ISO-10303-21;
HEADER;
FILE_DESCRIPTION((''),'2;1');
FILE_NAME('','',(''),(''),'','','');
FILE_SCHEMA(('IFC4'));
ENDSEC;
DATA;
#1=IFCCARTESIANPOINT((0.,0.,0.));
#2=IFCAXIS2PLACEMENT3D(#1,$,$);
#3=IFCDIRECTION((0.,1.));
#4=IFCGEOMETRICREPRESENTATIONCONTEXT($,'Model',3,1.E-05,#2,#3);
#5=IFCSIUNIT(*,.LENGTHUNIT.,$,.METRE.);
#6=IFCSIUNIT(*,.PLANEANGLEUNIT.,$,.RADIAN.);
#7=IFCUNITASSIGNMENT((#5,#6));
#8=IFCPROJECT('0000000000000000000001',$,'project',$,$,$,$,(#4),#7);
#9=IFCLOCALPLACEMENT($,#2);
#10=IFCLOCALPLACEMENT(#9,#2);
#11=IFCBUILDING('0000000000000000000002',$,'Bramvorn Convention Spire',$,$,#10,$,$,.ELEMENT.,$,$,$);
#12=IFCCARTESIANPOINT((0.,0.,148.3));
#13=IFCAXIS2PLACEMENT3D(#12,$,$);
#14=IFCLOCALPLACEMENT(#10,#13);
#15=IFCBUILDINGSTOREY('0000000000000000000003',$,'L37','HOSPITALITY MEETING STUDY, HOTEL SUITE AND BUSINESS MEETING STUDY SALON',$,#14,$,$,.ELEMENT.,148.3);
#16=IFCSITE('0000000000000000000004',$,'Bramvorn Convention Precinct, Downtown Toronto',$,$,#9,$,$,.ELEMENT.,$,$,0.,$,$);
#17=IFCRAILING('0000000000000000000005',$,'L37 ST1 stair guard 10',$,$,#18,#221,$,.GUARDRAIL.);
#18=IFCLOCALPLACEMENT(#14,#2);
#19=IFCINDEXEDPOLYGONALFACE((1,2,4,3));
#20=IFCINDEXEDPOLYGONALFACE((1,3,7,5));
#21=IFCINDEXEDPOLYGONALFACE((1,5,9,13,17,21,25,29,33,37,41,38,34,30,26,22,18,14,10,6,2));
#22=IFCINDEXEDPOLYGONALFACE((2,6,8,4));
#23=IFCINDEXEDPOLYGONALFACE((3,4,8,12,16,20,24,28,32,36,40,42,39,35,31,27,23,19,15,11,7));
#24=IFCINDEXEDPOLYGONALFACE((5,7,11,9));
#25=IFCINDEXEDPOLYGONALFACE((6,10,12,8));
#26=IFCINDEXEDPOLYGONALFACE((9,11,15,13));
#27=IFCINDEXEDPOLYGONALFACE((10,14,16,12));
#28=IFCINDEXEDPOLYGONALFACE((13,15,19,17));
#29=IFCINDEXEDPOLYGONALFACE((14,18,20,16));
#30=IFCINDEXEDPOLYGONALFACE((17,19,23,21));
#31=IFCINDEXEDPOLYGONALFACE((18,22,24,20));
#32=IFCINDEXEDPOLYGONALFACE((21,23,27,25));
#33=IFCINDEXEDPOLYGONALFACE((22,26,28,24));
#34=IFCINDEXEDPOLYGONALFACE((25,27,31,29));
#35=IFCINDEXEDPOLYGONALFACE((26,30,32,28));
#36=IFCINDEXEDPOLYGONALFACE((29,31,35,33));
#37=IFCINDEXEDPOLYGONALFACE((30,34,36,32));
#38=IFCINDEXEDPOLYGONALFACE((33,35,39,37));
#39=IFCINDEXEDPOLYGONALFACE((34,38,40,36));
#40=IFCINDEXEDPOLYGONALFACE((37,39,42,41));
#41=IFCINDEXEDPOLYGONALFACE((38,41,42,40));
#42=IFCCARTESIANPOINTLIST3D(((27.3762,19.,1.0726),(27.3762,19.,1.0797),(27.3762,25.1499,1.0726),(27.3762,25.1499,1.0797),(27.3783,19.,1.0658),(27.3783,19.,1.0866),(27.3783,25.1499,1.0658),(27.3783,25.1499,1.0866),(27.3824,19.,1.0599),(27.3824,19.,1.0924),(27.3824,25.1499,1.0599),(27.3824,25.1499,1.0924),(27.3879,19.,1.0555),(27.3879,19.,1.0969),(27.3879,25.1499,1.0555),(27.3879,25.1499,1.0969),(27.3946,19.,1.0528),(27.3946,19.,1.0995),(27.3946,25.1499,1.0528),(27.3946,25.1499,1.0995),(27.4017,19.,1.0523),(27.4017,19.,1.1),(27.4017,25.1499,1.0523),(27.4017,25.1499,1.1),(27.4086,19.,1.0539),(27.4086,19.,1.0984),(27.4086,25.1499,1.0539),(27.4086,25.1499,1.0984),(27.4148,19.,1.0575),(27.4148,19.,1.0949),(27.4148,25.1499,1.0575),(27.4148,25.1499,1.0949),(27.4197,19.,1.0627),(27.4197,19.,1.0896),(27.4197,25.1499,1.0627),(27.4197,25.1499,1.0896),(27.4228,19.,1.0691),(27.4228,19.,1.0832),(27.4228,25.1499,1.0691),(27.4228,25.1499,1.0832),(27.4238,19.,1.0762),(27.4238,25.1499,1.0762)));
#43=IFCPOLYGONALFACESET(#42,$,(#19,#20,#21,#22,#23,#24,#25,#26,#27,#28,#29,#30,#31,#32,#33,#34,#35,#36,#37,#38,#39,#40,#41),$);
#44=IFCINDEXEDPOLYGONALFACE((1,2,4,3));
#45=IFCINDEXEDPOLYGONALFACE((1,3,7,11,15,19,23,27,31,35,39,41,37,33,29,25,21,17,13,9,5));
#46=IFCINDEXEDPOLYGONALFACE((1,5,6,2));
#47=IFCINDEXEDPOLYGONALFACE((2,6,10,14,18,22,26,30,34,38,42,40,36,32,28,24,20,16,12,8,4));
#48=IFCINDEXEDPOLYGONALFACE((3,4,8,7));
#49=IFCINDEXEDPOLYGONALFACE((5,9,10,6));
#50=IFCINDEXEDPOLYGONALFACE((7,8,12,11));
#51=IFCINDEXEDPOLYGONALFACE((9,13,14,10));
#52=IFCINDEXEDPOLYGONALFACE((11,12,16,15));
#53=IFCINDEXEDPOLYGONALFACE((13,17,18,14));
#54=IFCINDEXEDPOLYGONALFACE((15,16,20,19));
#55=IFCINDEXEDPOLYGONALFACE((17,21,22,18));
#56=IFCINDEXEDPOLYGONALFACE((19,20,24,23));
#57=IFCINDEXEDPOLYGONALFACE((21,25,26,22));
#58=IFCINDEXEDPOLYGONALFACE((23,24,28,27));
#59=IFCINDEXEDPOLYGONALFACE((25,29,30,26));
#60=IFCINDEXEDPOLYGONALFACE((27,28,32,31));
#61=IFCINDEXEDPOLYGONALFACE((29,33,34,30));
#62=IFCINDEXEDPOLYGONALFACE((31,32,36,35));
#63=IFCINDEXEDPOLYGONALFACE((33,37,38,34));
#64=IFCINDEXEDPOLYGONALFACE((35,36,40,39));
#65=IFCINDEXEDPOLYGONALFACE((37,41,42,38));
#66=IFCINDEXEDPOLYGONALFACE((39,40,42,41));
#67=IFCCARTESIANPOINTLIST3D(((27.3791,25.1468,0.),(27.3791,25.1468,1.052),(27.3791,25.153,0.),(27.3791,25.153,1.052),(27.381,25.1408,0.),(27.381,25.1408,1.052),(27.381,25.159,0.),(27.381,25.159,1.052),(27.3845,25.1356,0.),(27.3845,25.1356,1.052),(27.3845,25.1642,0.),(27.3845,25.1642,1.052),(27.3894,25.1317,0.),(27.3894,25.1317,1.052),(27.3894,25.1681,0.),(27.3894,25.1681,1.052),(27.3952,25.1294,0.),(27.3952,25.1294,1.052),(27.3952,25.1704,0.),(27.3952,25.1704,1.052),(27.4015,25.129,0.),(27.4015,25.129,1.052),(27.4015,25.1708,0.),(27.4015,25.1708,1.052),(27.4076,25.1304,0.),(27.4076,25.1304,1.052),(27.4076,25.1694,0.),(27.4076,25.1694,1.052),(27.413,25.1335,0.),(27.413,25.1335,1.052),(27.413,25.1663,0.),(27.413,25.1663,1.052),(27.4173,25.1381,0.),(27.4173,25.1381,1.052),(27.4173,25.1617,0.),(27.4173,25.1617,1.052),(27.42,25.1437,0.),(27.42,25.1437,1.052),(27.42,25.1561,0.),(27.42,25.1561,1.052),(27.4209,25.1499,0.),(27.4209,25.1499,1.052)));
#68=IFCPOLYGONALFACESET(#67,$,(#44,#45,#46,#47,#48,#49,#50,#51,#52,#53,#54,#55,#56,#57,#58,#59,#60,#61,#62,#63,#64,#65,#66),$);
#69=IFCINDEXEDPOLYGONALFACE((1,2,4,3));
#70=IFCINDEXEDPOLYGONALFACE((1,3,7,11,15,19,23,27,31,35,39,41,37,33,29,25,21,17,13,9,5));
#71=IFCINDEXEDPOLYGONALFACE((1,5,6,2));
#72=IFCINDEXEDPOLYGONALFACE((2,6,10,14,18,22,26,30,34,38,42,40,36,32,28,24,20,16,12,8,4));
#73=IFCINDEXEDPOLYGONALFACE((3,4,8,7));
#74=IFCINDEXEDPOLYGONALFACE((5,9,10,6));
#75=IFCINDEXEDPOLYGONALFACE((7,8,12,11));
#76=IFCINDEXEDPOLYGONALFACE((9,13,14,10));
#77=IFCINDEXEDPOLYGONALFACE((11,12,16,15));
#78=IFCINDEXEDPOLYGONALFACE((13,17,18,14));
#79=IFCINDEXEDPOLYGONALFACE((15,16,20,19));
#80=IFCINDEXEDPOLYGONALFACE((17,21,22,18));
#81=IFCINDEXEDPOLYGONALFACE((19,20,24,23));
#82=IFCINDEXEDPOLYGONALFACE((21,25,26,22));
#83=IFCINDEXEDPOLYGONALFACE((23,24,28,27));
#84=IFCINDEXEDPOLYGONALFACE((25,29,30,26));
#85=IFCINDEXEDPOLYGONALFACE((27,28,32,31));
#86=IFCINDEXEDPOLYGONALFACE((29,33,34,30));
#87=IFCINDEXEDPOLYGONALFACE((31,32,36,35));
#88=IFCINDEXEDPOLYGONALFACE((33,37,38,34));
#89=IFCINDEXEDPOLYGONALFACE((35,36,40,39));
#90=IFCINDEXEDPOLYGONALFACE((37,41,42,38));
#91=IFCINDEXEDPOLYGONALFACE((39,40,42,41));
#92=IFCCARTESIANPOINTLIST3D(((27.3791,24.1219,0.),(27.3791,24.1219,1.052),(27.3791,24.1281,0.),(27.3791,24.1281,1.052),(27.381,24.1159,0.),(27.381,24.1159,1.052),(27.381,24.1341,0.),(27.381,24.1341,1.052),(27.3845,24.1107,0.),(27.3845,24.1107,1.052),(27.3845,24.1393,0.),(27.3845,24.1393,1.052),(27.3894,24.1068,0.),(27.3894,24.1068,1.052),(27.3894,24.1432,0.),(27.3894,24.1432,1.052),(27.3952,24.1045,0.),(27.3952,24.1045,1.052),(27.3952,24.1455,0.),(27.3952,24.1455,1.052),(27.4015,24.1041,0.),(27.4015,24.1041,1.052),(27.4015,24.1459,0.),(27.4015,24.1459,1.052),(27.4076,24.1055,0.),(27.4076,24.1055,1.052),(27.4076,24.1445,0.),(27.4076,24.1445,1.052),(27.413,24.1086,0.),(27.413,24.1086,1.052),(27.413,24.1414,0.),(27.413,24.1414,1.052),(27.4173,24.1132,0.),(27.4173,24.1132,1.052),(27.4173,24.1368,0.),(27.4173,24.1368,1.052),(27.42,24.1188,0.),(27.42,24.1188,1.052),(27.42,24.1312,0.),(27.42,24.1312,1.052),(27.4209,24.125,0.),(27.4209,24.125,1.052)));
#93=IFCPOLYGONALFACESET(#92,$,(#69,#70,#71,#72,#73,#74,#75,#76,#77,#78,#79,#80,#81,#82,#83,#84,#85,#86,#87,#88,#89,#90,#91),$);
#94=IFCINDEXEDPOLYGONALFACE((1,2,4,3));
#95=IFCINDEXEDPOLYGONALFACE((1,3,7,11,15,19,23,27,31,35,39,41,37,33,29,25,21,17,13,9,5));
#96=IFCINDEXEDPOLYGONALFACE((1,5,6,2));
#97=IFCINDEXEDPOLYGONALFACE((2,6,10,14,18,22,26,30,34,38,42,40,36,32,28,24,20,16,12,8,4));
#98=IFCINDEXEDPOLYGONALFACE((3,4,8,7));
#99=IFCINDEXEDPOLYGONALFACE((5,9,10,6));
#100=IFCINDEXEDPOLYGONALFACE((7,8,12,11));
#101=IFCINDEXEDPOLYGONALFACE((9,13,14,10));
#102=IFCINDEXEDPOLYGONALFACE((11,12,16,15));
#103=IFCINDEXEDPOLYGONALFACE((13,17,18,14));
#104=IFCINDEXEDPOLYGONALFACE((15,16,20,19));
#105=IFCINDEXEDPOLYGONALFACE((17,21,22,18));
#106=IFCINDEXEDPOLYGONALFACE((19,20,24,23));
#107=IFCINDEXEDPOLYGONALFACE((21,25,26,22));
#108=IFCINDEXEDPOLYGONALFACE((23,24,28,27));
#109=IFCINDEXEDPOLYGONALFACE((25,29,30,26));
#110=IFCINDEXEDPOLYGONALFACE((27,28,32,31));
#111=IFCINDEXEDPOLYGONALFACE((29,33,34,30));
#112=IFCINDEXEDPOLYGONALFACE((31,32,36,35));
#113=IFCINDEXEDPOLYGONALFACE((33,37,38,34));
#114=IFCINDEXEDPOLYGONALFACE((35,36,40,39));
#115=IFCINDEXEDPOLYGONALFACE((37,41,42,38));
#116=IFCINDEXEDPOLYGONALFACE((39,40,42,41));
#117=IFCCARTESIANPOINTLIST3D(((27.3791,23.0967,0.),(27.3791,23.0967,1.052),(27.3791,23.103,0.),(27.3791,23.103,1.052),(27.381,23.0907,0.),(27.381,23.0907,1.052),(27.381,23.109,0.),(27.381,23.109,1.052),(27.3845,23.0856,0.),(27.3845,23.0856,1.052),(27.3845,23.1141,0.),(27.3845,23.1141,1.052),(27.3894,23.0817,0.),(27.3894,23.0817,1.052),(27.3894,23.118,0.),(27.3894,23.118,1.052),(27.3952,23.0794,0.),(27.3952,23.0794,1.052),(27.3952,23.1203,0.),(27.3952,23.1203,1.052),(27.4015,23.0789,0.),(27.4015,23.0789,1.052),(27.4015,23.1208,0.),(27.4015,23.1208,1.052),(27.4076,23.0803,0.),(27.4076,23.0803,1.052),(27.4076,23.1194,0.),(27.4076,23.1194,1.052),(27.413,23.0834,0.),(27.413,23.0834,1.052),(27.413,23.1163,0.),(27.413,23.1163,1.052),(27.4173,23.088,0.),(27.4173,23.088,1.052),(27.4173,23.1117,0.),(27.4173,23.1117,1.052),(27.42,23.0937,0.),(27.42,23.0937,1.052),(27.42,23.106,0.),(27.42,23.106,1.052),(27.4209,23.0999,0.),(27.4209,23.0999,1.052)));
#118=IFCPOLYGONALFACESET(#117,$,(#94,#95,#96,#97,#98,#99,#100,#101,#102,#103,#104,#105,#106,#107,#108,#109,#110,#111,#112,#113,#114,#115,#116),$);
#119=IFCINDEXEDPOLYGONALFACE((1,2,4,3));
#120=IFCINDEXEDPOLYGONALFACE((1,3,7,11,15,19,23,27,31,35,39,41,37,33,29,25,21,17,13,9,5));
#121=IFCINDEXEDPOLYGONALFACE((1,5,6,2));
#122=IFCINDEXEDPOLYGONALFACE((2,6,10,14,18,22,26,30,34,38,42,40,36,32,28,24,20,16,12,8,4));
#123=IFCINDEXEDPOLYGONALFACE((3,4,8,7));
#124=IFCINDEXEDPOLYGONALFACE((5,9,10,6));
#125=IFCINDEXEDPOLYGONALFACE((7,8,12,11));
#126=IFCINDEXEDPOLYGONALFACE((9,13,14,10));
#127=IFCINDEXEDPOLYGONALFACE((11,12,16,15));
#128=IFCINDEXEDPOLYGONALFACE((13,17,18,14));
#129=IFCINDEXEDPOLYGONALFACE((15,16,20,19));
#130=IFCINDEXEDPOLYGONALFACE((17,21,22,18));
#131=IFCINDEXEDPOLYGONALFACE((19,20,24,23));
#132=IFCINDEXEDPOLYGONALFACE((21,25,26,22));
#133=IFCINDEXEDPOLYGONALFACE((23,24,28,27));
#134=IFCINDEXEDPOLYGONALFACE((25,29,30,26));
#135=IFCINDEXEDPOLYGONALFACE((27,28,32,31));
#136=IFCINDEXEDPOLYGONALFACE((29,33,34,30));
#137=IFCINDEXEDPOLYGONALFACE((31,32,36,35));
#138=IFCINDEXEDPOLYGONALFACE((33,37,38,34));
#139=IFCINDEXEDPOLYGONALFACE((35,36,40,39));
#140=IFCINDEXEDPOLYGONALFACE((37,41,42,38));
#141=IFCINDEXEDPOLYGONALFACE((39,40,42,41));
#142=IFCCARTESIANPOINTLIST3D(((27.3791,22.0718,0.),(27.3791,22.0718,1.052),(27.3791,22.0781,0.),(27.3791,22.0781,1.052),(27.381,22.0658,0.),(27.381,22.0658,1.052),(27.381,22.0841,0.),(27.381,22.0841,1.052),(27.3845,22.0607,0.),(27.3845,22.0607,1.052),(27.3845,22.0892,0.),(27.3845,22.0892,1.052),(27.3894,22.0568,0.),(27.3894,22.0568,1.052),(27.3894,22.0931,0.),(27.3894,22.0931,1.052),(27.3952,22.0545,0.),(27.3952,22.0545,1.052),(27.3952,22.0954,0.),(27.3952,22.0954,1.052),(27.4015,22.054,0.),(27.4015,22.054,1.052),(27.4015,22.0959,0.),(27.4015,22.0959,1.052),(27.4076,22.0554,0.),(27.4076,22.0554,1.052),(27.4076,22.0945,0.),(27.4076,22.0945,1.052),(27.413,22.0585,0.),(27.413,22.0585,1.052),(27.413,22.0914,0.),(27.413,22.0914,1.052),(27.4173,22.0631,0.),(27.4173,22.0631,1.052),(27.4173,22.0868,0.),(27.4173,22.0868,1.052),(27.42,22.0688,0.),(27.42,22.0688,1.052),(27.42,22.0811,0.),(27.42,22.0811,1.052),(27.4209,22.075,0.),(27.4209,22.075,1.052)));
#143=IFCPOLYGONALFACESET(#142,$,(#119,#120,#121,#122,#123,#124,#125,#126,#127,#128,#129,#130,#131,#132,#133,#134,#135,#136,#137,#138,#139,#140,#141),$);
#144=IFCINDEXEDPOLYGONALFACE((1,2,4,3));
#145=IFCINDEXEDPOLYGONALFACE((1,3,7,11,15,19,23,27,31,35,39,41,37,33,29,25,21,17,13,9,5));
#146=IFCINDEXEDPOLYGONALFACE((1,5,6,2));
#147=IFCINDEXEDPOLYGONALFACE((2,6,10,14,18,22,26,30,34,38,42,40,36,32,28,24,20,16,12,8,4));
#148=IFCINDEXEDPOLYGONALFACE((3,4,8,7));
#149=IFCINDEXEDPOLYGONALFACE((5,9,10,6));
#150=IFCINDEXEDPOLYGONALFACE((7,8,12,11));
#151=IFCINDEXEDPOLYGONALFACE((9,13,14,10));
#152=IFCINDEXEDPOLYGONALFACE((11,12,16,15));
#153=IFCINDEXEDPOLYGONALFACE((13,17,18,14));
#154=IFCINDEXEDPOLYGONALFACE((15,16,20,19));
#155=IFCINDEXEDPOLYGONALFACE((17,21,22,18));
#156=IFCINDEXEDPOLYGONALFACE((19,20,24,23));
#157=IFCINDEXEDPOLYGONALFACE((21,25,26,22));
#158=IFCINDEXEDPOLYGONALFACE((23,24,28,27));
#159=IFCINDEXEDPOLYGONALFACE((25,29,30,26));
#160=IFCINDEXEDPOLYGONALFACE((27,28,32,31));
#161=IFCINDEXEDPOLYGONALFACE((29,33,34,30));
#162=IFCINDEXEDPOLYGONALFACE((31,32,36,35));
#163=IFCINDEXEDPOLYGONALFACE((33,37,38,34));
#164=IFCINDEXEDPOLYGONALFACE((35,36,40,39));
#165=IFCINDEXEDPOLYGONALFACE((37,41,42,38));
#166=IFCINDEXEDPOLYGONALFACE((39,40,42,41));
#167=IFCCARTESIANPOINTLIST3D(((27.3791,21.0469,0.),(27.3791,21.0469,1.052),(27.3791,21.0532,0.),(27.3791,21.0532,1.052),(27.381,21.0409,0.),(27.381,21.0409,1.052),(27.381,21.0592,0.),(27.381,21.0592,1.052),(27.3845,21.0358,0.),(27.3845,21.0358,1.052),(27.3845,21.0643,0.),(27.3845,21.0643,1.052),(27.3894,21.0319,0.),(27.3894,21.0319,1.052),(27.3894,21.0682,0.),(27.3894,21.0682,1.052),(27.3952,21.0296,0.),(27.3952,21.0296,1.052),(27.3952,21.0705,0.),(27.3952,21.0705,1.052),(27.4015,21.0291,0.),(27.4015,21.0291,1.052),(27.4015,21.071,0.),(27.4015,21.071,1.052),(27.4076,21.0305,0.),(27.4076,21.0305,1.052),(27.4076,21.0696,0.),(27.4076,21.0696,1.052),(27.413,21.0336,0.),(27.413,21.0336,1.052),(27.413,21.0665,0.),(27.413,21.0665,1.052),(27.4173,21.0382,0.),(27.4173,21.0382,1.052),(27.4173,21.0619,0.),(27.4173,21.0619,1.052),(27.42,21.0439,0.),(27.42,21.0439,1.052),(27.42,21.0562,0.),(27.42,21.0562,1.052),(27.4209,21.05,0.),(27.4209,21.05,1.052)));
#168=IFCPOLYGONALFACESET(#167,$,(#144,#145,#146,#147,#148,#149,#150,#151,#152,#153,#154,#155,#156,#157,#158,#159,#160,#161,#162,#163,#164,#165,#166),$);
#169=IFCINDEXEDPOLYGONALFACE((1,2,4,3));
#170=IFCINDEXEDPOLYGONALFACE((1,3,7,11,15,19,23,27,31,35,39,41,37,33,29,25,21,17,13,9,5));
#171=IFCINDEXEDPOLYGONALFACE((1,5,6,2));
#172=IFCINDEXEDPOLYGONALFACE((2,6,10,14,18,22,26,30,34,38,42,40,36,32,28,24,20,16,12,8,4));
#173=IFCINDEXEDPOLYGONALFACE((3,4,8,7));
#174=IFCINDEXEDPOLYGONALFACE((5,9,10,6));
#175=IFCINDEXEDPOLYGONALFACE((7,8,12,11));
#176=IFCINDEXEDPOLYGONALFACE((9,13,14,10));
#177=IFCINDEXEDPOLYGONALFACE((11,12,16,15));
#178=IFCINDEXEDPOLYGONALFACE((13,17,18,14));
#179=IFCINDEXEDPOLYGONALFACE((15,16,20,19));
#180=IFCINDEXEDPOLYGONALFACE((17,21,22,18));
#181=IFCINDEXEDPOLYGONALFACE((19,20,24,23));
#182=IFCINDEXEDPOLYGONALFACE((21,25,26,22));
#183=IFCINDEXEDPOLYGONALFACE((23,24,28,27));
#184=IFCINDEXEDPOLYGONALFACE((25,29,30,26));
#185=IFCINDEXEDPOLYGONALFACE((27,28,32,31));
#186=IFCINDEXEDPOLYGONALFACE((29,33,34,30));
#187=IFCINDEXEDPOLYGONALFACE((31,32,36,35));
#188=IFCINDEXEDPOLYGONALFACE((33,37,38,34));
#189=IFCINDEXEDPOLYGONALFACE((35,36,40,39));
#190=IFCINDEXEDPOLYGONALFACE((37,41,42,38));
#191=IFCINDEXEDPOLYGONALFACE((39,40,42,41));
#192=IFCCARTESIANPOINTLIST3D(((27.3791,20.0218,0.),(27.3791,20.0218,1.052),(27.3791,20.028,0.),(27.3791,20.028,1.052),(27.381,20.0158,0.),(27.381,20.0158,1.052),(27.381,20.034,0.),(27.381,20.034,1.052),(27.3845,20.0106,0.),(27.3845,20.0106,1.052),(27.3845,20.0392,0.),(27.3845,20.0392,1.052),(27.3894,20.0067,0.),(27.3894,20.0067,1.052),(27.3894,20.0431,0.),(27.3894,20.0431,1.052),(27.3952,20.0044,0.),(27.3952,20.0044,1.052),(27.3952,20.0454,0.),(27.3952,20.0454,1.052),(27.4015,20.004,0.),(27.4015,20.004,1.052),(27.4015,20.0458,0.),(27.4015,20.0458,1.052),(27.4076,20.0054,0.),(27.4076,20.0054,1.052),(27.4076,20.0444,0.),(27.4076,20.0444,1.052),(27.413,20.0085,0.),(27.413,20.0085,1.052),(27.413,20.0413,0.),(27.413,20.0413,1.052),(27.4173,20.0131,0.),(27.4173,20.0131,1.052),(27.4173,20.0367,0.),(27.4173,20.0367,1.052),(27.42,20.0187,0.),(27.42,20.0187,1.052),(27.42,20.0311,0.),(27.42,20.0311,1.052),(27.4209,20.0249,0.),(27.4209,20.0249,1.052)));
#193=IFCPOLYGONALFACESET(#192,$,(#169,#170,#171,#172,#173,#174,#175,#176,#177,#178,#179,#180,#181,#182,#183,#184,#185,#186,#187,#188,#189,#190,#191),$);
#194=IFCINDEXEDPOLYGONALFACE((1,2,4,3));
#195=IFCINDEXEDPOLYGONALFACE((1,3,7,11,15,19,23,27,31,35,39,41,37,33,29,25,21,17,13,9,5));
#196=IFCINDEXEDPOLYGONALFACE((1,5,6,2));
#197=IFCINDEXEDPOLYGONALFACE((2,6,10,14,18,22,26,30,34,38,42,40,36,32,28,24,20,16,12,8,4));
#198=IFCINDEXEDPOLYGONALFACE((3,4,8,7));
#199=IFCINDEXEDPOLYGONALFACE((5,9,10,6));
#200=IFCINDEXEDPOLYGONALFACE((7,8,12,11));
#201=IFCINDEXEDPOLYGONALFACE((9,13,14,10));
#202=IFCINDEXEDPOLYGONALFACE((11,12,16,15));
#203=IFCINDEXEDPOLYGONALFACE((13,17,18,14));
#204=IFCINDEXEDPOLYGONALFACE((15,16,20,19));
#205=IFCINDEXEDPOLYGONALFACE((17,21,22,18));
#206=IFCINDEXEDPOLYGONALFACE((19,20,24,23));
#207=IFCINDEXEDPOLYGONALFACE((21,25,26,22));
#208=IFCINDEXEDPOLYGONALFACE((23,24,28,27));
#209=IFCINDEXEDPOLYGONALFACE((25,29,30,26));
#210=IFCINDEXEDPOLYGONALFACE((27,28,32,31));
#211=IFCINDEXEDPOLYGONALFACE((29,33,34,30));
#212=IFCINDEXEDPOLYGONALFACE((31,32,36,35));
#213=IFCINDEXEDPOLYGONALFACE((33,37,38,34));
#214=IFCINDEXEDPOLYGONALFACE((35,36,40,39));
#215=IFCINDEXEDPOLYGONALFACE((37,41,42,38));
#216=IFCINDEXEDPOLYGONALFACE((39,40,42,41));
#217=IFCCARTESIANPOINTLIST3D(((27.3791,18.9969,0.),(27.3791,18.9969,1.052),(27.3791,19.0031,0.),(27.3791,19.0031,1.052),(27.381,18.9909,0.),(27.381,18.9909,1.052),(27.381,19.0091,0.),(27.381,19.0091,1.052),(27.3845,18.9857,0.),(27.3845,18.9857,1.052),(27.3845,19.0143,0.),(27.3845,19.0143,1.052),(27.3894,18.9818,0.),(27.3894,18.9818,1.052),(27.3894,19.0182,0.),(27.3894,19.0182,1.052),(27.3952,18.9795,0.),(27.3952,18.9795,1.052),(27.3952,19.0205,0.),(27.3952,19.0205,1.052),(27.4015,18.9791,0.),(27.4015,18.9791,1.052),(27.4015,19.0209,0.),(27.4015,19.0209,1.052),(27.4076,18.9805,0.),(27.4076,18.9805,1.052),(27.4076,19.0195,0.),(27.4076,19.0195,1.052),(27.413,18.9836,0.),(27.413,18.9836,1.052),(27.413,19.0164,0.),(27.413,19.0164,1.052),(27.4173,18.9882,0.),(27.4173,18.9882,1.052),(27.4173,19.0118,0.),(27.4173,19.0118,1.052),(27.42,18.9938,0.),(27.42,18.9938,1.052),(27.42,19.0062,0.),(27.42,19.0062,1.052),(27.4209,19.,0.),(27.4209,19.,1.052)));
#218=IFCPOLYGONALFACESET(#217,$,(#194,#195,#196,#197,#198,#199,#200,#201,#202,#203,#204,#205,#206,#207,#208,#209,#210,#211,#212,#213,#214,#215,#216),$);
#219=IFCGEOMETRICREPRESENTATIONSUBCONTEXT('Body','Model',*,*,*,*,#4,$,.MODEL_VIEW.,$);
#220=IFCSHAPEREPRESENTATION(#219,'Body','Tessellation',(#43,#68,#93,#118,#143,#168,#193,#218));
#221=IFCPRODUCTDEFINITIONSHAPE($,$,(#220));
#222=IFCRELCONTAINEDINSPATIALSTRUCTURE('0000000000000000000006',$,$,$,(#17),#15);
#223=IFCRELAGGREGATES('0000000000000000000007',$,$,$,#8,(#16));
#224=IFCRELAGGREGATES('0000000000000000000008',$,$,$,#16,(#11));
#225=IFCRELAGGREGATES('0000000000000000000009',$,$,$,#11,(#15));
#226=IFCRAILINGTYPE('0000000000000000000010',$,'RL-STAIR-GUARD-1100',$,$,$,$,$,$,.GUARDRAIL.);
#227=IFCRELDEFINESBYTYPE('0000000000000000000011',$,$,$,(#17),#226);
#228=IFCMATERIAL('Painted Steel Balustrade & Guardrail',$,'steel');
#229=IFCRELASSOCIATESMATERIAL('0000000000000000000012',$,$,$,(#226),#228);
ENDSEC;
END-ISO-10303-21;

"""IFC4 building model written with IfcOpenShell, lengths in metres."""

from ifc_helpers import new_model, si_unit, direction, frame, origin, origin_2d, place, context, subcontext, project, spatial, circle, extrude, material, type_object, element, save


model = new_model("IFC4")

# Units and contexts
model_context = context("Model", 3, precision=1e-05, world=origin(), true_north=direction((0.0, 1.0)))
body_context = subcontext(model_context, "Body", "Model", "MODEL_VIEW")
ifc_project = project(units=[si_unit("LENGTHUNIT", "METRE"), si_unit("PLANEANGLEUNIT", "RADIAN")], contexts=[model_context])

# Site, building, storey
site_placement = place(None, origin())
site = spatial("IfcSite", under=ifc_project, at=site_placement, Name="Bramvorn Convention Precinct, Downtown Toronto", CompositionType="ELEMENT", RefElevation=0.0)
building_placement = place(site_placement, origin())
building = spatial("IfcBuilding", under=site, at=building_placement, Name="Bramvorn Convention Spire", CompositionType="ELEMENT")
storey_placement = place(building_placement, frame((0.0, 0.0, 148.3)))
storey = spatial("IfcBuildingStorey", under=building, at=storey_placement, Name="L37", Description="HOSPITALITY MEETING STUDY, HOTEL SUITE AND BUSINESS MEETING STUDY SALON", CompositionType="ELEMENT", Elevation=148.3)

# Railing
ifc_material_1 = material(Name="Painted Steel Balustrade & Guardrail", Category="steel")
railing_type = type_object("IfcRailingType", Name="RL-STAIR-GUARD-1100", PredefinedType="GUARDRAIL", material=ifc_material_1)
railing_placement = place(storey_placement, frame((27.3999, 25.1499, 0.0)))
element("IfcRailing", 1, at=railing_placement, inside=storey, type_object=railing_type, Name="L37 ST1 stair guard 10", PredefinedType="GUARDRAIL", context=body_context, shape_type="SweptSolid", body=[
    extrude(circle(Radius=0.0239, at=origin_2d()), frame((0.0, 0.0, 1.0762), z_axis=(0.0, -1.0, 0.0), x_axis=(1.0, 0.0, 0.0)), (0.0, 0.0, 1.0), 6.1499),
    extrude(circle(Radius=0.021, at=origin_2d()), origin(), (0.0, 0.0, 1.0), 1.052),
    extrude(circle(Radius=0.021, at=origin_2d()), frame((0.0, -1.0249, 0.0)), (0.0, 0.0, 1.0), 1.052),
    extrude(circle(Radius=0.021, at=origin_2d()), frame((0.0, -2.05, 0.0)), (0.0, 0.0, 1.0), 1.052),
    extrude(circle(Radius=0.021, at=origin_2d()), frame((0.0, -3.075, 0.0)), (0.0, 0.0, 1.0), 1.052),
    extrude(circle(Radius=0.021, at=origin_2d()), frame((0.0, -4.0999, 0.0)), (0.0, 0.0, 1.0), 1.052),
    extrude(circle(Radius=0.021, at=origin_2d()), frame((0.0, -5.125, 0.0)), (0.0, 0.0, 1.0), 1.052),
    extrude(circle(Radius=0.021, at=origin_2d()), frame((0.0, -6.1499, 0.0)), (0.0, 0.0, 1.0), 1.052),
])

save(model, "model.ifc")
